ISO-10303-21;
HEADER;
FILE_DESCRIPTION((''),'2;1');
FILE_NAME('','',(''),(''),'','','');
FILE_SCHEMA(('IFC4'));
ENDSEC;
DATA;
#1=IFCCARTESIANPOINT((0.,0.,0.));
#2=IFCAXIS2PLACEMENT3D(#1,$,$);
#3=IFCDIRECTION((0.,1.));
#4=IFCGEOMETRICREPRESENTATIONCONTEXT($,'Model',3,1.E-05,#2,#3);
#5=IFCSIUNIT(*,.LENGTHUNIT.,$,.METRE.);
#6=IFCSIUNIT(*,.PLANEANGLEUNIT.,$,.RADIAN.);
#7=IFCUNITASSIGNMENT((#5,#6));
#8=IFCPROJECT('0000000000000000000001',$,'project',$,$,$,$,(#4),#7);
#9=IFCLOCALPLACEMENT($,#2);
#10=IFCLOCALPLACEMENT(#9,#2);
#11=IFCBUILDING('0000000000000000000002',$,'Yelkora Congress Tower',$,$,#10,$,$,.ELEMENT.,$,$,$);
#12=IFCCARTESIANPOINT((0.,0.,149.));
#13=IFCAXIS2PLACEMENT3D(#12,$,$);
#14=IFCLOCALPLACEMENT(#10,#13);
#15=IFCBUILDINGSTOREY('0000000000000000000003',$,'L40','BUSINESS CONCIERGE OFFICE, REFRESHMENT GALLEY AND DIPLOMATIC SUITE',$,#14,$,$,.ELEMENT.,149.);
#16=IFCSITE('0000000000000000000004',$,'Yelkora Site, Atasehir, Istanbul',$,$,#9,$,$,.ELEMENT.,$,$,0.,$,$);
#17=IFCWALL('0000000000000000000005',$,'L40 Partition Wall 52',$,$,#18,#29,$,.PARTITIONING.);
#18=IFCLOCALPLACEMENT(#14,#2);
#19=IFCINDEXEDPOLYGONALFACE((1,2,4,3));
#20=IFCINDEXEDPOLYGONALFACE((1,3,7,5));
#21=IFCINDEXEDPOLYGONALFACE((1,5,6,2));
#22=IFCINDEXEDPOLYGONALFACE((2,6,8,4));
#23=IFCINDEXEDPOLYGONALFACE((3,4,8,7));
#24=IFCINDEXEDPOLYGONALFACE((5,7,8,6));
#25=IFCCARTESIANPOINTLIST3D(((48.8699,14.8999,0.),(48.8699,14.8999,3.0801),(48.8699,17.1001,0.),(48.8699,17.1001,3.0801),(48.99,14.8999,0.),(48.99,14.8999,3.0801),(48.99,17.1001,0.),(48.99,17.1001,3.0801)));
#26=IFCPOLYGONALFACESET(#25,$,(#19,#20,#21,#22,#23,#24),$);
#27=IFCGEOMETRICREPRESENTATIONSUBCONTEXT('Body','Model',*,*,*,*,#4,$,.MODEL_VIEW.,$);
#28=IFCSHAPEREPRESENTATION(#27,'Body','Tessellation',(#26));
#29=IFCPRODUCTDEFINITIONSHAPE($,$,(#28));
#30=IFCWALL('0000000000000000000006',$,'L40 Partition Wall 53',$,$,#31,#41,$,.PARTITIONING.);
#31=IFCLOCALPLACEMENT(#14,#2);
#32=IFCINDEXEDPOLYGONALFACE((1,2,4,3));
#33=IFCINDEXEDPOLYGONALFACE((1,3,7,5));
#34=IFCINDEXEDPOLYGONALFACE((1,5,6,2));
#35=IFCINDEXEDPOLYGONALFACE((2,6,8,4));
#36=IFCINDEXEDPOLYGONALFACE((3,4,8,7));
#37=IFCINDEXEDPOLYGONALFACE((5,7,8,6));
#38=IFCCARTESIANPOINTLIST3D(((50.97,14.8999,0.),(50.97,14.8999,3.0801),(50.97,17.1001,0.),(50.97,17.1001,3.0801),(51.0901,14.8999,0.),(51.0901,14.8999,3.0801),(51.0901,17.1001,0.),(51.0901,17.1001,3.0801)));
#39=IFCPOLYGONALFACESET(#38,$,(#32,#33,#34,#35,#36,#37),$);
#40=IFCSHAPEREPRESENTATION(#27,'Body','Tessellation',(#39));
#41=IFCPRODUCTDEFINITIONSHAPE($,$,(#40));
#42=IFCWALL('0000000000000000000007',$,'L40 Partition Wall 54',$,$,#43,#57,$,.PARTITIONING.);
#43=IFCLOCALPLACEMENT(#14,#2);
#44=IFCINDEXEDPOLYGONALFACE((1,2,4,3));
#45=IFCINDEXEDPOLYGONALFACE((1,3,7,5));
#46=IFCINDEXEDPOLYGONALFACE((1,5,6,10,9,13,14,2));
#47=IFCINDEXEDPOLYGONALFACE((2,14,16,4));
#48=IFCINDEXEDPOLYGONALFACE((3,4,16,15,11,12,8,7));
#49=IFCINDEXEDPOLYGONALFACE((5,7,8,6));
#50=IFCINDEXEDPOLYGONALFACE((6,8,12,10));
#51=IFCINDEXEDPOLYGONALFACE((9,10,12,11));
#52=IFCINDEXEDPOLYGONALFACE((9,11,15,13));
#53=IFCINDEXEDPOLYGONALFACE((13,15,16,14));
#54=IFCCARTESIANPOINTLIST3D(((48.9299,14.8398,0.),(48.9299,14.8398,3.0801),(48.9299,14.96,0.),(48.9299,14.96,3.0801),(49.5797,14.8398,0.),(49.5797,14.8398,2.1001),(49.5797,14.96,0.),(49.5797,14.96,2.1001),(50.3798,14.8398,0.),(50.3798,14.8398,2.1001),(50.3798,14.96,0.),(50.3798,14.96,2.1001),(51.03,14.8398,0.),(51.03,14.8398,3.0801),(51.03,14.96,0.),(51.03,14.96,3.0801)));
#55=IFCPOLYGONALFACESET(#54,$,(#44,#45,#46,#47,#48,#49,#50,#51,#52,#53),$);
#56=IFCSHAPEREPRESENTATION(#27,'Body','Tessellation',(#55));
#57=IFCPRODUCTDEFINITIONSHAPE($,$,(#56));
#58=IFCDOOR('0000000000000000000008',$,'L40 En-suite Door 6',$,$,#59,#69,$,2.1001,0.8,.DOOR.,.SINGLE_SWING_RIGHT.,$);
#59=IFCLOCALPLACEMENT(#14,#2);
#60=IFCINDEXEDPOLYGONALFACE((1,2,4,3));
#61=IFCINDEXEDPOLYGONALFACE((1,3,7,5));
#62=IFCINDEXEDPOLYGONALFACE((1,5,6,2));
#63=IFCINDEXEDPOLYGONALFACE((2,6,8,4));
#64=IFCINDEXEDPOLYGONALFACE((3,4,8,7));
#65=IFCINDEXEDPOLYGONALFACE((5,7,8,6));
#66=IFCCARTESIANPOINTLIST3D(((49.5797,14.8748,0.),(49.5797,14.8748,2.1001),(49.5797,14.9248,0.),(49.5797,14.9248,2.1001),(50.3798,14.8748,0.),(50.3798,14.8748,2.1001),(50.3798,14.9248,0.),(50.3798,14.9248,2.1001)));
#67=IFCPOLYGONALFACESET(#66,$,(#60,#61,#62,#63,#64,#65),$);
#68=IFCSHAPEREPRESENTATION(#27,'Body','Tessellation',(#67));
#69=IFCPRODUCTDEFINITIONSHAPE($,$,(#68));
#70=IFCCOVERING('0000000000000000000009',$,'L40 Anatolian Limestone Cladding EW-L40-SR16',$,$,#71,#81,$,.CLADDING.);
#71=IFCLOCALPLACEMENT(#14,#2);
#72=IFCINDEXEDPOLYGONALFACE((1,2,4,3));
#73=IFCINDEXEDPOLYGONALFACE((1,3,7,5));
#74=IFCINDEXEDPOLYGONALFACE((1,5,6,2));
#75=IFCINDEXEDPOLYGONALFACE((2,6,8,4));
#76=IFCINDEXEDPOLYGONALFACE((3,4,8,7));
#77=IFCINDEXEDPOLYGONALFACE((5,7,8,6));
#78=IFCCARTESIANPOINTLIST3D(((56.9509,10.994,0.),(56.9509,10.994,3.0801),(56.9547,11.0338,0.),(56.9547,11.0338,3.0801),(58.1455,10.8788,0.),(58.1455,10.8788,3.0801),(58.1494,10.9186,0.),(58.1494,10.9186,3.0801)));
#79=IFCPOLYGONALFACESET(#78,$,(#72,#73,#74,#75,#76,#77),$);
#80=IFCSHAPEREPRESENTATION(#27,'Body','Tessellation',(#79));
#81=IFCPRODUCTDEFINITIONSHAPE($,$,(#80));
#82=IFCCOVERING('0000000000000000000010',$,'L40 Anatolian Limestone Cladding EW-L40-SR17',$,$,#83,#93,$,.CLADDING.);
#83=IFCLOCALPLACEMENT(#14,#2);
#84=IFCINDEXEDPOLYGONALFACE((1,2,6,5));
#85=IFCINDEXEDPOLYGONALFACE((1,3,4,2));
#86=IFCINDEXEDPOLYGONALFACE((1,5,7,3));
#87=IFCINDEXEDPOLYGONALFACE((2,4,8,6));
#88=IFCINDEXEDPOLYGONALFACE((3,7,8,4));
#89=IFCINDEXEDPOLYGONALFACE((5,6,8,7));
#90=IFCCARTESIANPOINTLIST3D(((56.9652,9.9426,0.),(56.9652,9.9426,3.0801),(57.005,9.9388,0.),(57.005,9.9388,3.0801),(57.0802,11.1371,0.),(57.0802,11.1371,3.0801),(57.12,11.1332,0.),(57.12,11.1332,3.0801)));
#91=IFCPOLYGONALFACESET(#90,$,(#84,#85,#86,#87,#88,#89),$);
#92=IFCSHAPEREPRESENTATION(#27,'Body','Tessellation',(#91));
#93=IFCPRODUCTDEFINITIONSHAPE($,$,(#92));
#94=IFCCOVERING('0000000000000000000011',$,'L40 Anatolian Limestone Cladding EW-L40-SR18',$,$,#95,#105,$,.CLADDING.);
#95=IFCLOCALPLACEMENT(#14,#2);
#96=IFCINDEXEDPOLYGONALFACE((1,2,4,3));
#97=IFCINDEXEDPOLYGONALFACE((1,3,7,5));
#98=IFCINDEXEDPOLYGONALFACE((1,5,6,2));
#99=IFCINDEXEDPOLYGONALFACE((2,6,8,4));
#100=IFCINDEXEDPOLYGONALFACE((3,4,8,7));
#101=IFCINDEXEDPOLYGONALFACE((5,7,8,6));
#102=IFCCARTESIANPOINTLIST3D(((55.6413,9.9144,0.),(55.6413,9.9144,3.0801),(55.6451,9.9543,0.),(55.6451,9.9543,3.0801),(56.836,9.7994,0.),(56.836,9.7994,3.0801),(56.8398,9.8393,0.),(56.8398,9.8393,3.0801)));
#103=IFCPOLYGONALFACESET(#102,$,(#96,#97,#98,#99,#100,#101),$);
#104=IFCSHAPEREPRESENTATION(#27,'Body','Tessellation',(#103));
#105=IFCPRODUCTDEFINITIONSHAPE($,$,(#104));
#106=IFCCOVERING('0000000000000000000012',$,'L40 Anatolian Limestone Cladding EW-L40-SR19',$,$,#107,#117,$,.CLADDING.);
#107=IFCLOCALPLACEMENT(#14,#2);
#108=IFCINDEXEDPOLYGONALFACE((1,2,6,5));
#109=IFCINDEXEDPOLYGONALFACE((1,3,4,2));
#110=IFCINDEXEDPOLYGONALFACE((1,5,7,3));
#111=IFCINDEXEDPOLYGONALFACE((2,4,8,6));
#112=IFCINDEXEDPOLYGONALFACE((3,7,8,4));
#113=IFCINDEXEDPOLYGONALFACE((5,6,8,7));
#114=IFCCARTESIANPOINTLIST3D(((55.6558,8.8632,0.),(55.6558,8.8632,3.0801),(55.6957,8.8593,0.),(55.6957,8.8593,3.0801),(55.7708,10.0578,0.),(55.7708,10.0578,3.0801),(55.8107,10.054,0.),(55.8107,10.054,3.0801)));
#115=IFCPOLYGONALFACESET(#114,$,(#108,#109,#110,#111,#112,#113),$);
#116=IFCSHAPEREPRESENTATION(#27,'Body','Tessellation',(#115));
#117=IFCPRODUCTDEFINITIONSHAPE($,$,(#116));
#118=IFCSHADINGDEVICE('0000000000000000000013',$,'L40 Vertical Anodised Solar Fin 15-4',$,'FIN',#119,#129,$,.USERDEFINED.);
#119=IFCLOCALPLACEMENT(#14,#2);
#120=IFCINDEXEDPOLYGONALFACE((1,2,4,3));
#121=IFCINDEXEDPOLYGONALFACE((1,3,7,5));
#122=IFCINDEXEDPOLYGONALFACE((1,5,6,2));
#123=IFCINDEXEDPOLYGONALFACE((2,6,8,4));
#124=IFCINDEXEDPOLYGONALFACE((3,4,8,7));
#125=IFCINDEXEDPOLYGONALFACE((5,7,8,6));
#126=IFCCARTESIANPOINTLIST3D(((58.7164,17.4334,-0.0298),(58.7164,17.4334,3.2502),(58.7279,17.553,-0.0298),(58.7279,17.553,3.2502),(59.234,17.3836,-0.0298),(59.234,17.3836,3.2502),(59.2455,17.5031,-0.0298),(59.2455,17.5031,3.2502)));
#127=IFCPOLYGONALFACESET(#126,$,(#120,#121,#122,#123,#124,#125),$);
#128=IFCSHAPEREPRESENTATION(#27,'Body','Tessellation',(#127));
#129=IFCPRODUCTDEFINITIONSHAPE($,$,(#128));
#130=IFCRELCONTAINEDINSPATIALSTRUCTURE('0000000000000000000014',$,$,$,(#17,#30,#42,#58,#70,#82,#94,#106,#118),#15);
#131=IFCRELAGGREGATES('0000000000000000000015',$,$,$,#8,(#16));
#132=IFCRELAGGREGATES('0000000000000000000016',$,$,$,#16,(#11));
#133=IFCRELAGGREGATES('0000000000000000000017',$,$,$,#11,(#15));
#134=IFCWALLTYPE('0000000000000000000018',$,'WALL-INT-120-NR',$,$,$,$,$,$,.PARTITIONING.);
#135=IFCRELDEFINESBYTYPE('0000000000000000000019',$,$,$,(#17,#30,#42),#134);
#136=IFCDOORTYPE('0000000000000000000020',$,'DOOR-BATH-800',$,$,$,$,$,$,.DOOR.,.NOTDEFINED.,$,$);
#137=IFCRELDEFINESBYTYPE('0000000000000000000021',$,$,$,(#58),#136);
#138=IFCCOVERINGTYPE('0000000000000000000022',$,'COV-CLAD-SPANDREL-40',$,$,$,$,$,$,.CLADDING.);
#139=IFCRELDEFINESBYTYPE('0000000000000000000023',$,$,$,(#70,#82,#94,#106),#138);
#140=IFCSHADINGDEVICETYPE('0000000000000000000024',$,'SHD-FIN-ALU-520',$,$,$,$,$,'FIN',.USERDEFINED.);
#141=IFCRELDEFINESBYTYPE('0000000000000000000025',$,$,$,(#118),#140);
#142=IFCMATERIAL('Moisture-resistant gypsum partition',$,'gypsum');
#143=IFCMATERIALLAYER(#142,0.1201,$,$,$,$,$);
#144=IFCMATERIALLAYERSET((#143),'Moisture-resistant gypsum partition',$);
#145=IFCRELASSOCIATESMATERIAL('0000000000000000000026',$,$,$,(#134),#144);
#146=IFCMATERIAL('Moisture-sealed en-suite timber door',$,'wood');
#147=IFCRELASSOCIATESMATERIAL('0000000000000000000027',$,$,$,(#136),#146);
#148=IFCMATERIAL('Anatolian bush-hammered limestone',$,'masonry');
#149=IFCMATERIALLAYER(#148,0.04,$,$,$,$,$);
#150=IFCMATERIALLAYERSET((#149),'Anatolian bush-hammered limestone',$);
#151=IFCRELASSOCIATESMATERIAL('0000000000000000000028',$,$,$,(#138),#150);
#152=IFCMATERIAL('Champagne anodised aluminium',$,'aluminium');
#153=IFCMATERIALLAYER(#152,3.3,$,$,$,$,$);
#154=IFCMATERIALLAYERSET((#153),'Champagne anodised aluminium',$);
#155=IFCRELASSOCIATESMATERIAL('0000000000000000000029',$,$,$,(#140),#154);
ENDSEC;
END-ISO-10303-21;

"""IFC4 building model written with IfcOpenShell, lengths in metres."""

from ifc_helpers import new_model, si_unit, direction, frame, frame_2d, origin, origin_2d, place, context, subcontext, project, spatial, rectangle, extrude, material, layer, layer_set, type_object, element, fill, save


model = new_model("IFC4")

# Units and contexts
model_context = context("Model", 3, precision=1e-05, world=origin(), true_north=direction((0.0, 1.0)))
body_context = subcontext(model_context, "Body", "Model", "MODEL_VIEW")
ifc_project = project(units=[si_unit("LENGTHUNIT", "METRE"), si_unit("PLANEANGLEUNIT", "RADIAN")], contexts=[model_context])

# Site, building, storey
site_placement = place(None, origin())
site = spatial("IfcSite", under=ifc_project, at=site_placement, Name="Yelkora Site, Atasehir, Istanbul", CompositionType="ELEMENT", RefElevation=0.0)
building_placement = place(site_placement, origin())
building = spatial("IfcBuilding", under=site, at=building_placement, Name="Yelkora Congress Tower", CompositionType="ELEMENT")
storey_placement = place(building_placement, frame((0.0, 0.0, 149.0)))
storey = spatial("IfcBuildingStorey", under=building, at=storey_placement, Name="L40", Description="BUSINESS CONCIERGE OFFICE, REFRESHMENT GALLEY AND DIPLOMATIC SUITE", CompositionType="ELEMENT", Elevation=149.0)

# Walls
ifc_material_1 = material(Name="Moisture-resistant gypsum partition", Category="gypsum")
ifc_layer_1 = layer(ifc_material_1, 0.1201)
ifc_layer_set_1 = layer_set([ifc_layer_1], Name="Moisture-resistant gypsum partition")
wall_type_1 = type_object("IfcWallType", Name="WALL-INT-120-NR", PredefinedType="PARTITIONING", material=ifc_layer_set_1)
for number, where, z_axis, x_axis, name in (
    (1, (48.9299, 14.8999, 0.0), (0.0, 0.0, 1.0), (0.0, 1.0, 0.0), "L40 Partition Wall 52"),
    (2, (51.03, 14.8999, 0.0), (0.0, 0.0, 1.0), (0.0, 1.0, 0.0), "L40 Partition Wall 53"),
):
    element("IfcWall", number, at=place(storey_placement, frame(where, z_axis=z_axis, x_axis=x_axis)), inside=storey, type_object=wall_type_1, Name=name, PredefinedType="PARTITIONING", context=body_context, shape_type="SweptSolid", body=[
        extrude(rectangle(XDim=2.2002, YDim=0.1201, at=frame_2d((1.1001, 0.0))), origin(), (0.0, 0.0, 1.0), 3.0801),
    ])

# Wall, opening, door
wall_1_placement = place(storey_placement, frame((48.9299, 14.8999, 0.0), z_axis=(0.0, 0.0, 1.0), x_axis=(1.0, 0.0, 0.0)))
wall_1 = element("IfcWall", 3, at=wall_1_placement, inside=storey, type_object=wall_type_1, Name="L40 Partition Wall 54", PredefinedType="PARTITIONING", context=body_context, shape_type="SweptSolid", body=[
    extrude(rectangle(XDim=2.1001, YDim=0.1201, at=frame_2d((1.05, 0.0))), origin(), (0.0, 0.0, 1.0), 3.0801),
])
opening_placement = place(wall_1_placement, frame((0.6499, 0.0, 0.0)))
opening = element("IfcOpeningElement", 4, at=opening_placement, cuts=wall_1, PredefinedType="OPENING", context=body_context, shape_type="SweptSolid", body=[
    extrude(rectangle(XDim=0.8, YDim=2.1001, at=frame_2d((0.3999, 1.05))), frame((0.0, 0.0701, 0.0), z_axis=(0.0, -1.0, 0.0), x_axis=(1.0, 0.0, 0.0)), (0.0, 0.0, 1.0), 0.1401),
])
ifc_material_2 = material(Name="Moisture-sealed en-suite timber door", Category="wood")
door_type = type_object("IfcDoorType", Name="DOOR-BATH-800", OperationType="NOTDEFINED", PredefinedType="DOOR", material=ifc_material_2)
door_placement = place(opening_placement, origin())
door = element("IfcDoor", 5, at=door_placement, inside=storey, type_object=door_type, Name="L40 En-suite Door 6", OperationType="SINGLE_SWING_RIGHT", OverallHeight=2.1001, OverallWidth=0.8, PredefinedType="DOOR", context=body_context, shape_type="SweptSolid", body=[
    extrude(rectangle(XDim=0.8, YDim=2.1001, at=frame_2d((0.3999, 1.05))), frame((0.0, 0.0249, 0.0), z_axis=(0.0, -1.0, 0.0), x_axis=(1.0, 0.0, 0.0)), (0.0, 0.0, 1.0), 0.05),
])
fill(opening, door)

# Coverings
ifc_material_3 = material(Name="Anatolian bush-hammered limestone", Category="masonry")
ifc_layer_2 = layer(ifc_material_3, 0.04)
ifc_layer_set_2 = layer_set([ifc_layer_2], Name="Anatolian bush-hammered limestone")
covering_type = type_object("IfcCoveringType", Name="COV-CLAD-SPANDREL-40", PredefinedType="CLADDING", material=ifc_layer_set_2)
covering_1_placement = place(storey_placement, frame((58.1475, 10.8987, 0.0), z_axis=(0.0, 0.0, 1.0), x_axis=(-0.99538, 0.096019, 0.0)))
element("IfcCovering", 6, at=covering_1_placement, inside=storey, type_object=covering_type, Name="L40 Anatolian Limestone Cladding EW-L40-SR16", PredefinedType="CLADDING", context=body_context, shape_type="SweptSolid", body=[
    extrude(rectangle(XDim=1.2002, YDim=0.04, at=frame_2d((0.6001, 0.0))), origin(), (0.0, 0.0, 1.0), 3.0801),
])
covering_2_placement = place(storey_placement, frame((57.1001, 11.1353, 0.0), z_axis=(0.0, 0.0, 1.0), x_axis=(-0.095836, -0.995397, 0.0)))
element("IfcCovering", 7, at=covering_2_placement, inside=storey, type_object=covering_type, Name="L40 Anatolian Limestone Cladding EW-L40-SR17", PredefinedType="CLADDING", context=body_context, shape_type="SweptSolid", body=[
    extrude(rectangle(XDim=1.2, YDim=0.04, at=frame_2d((0.6001, 0.0))), origin(), (0.0, 0.0, 1.0), 3.0801),
])
for number, where, z_axis, x_axis, name in (
    (8, (56.8379, 9.8193, 0.0), (0.0, 0.0, 1.0), (-0.995399, 0.095817, 0.0), "L40 Anatolian Limestone Cladding EW-L40-SR18"),
    (9, (55.7908, 10.0559, 0.0), (0.0, 0.0, 1.0), (-0.095817, -0.995399, 0.0), "L40 Anatolian Limestone Cladding EW-L40-SR19"),
):
    element("IfcCovering", number, at=place(storey_placement, frame(where, z_axis=z_axis, x_axis=x_axis)), inside=storey, type_object=covering_type, Name=name, PredefinedType="CLADDING", context=body_context, shape_type="SweptSolid", body=[
        extrude(rectangle(XDim=1.2002, YDim=0.04, at=frame_2d((0.6001, 0.0))), origin(), (0.0, 0.0, 1.0), 3.0801),
    ])

# Shading device
ifc_material_4 = material(Name="Champagne anodised aluminium", Category="aluminium")
ifc_layer_3 = layer(ifc_material_4, 3.3)
ifc_layer_set_3 = layer_set([ifc_layer_3], Name="Champagne anodised aluminium")
shading_device_type = type_object("IfcShadingDeviceType", Name="SHD-FIN-ALU-520", ElementType="FIN", PredefinedType="USERDEFINED", material=ifc_layer_set_3)
shading_device_placement = place(storey_placement, frame((58.981, 17.4683, -0.0298), z_axis=(0.0, 0.0, 1.0), x_axis=(-0.095846, -0.995396, 0.0)))
element("IfcShadingDevice", 10, at=shading_device_placement, inside=storey, type_object=shading_device_type, Name="L40 Vertical Anodised Solar Fin 15-4", ObjectType="FIN", PredefinedType="USERDEFINED", context=body_context, shape_type="SweptSolid", body=[
    extrude(rectangle(XDim=0.1201, YDim=0.52, at=origin_2d()), origin(), (0.0, 0.0, 1.0), 3.28),
])

save(model, "model.ifc")
